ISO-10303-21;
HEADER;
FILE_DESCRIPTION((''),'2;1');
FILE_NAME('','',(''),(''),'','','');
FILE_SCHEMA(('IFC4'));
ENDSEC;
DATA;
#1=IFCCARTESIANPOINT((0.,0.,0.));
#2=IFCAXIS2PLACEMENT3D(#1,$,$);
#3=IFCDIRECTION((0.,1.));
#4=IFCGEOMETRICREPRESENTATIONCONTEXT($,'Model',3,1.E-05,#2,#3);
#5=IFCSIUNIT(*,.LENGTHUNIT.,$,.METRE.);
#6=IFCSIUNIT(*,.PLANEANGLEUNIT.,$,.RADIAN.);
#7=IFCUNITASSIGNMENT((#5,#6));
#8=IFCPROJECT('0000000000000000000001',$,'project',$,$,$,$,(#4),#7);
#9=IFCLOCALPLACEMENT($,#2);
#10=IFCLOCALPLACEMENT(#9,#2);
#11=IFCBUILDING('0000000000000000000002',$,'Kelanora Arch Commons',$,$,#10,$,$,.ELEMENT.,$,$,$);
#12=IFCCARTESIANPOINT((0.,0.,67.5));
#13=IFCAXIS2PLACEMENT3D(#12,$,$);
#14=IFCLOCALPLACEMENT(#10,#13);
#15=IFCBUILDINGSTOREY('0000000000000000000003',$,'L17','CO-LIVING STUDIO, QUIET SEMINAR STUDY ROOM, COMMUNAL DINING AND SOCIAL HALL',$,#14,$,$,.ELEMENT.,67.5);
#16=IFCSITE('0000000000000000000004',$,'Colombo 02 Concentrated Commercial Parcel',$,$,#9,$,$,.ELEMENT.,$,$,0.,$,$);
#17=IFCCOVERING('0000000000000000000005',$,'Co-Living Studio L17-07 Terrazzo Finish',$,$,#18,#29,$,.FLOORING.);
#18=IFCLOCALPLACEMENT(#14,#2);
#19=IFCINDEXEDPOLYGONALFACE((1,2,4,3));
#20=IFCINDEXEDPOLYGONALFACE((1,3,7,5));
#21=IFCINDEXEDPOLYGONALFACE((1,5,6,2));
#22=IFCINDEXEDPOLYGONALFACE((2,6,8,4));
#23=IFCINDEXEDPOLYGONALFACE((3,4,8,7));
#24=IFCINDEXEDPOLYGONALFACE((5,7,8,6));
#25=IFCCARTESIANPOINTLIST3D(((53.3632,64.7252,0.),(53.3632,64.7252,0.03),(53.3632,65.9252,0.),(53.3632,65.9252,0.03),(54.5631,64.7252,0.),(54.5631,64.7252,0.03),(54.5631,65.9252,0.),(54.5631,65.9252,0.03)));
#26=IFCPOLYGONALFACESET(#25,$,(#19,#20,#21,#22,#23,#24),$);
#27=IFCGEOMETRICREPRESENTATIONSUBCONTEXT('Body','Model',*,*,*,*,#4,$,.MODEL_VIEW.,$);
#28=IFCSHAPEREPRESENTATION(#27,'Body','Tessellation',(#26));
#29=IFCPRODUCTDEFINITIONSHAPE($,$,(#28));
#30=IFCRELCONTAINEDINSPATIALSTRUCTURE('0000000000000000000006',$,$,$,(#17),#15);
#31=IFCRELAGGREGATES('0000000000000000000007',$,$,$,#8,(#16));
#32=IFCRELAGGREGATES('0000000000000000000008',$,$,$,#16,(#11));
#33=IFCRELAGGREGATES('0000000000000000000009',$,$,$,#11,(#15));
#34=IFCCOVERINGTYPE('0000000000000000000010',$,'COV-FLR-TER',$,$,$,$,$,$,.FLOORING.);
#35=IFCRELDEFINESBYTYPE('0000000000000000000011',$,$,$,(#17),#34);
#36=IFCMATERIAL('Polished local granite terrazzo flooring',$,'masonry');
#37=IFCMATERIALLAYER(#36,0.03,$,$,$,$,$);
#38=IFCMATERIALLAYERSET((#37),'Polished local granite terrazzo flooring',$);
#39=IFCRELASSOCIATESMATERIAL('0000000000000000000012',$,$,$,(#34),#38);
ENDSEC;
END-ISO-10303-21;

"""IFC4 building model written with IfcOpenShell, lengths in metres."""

from ifc_helpers import new_model, si_unit, direction, frame, origin, origin_2d, place, context, subcontext, project, spatial, rectangle, extrude, source, transform, mapped, material, layer, layer_set, type_object, element, save


model = new_model("IFC4")

# Units and contexts
model_context = context("Model", 3, precision=1e-05, world=origin(), true_north=direction((0.0, 1.0)))
body_context = subcontext(model_context, "Body", "Model", "MODEL_VIEW")
ifc_project = project(units=[si_unit("LENGTHUNIT", "METRE"), si_unit("PLANEANGLEUNIT", "RADIAN")], contexts=[model_context])

# Site, building, storey
site_placement = place(None, origin())
site = spatial("IfcSite", under=ifc_project, at=site_placement, Name="Colombo 02 Concentrated Commercial Parcel", CompositionType="ELEMENT", RefElevation=0.0)
building_placement = place(site_placement, origin())
building = spatial("IfcBuilding", under=site, at=building_placement, Name="Kelanora Arch Commons", CompositionType="ELEMENT")
storey_placement = place(building_placement, frame((0.0, 0.0, 67.5)))
storey = spatial("IfcBuildingStorey", under=building, at=storey_placement, Name="L17", Description="CO-LIVING STUDIO, QUIET SEMINAR STUDY ROOM, COMMUNAL DINING AND SOCIAL HALL", CompositionType="ELEMENT", Elevation=67.5)

# Covering
ifc_material_1 = material(Name="Polished local granite terrazzo flooring", Category="masonry")
ifc_layer_1 = layer(ifc_material_1, 0.03)
ifc_layer_set_1 = layer_set([ifc_layer_1], Name="Polished local granite terrazzo flooring")
covering_type = type_object("IfcCoveringType", Name="COV-FLR-TER", PredefinedType="FLOORING", material=ifc_layer_set_1)
shared_shape_1 = source(origin(), body_context, "Body", "SweptSolid", [
    extrude(rectangle(XDim=1.2, YDim=1.2, at=origin_2d()), origin(), (0.0, 0.0, 1.0), 0.03),
])
covering_placement = place(storey_placement, frame((53.9631, 65.3252, 0.0), z_axis=(0.0, 0.0, 1.0), x_axis=(1.0, 0.0, 0.0)))
element("IfcCovering", 1, at=covering_placement, inside=storey, type_object=covering_type, Name="Co-Living Studio L17-07 Terrazzo Finish", PredefinedType="FLOORING", context=body_context, shape_type="MappedRepresentation", body=[
    mapped(shared_shape_1, transform((0.0, 0.0, 0.0), scale=1.0)),
])

save(model, "model.ifc")
